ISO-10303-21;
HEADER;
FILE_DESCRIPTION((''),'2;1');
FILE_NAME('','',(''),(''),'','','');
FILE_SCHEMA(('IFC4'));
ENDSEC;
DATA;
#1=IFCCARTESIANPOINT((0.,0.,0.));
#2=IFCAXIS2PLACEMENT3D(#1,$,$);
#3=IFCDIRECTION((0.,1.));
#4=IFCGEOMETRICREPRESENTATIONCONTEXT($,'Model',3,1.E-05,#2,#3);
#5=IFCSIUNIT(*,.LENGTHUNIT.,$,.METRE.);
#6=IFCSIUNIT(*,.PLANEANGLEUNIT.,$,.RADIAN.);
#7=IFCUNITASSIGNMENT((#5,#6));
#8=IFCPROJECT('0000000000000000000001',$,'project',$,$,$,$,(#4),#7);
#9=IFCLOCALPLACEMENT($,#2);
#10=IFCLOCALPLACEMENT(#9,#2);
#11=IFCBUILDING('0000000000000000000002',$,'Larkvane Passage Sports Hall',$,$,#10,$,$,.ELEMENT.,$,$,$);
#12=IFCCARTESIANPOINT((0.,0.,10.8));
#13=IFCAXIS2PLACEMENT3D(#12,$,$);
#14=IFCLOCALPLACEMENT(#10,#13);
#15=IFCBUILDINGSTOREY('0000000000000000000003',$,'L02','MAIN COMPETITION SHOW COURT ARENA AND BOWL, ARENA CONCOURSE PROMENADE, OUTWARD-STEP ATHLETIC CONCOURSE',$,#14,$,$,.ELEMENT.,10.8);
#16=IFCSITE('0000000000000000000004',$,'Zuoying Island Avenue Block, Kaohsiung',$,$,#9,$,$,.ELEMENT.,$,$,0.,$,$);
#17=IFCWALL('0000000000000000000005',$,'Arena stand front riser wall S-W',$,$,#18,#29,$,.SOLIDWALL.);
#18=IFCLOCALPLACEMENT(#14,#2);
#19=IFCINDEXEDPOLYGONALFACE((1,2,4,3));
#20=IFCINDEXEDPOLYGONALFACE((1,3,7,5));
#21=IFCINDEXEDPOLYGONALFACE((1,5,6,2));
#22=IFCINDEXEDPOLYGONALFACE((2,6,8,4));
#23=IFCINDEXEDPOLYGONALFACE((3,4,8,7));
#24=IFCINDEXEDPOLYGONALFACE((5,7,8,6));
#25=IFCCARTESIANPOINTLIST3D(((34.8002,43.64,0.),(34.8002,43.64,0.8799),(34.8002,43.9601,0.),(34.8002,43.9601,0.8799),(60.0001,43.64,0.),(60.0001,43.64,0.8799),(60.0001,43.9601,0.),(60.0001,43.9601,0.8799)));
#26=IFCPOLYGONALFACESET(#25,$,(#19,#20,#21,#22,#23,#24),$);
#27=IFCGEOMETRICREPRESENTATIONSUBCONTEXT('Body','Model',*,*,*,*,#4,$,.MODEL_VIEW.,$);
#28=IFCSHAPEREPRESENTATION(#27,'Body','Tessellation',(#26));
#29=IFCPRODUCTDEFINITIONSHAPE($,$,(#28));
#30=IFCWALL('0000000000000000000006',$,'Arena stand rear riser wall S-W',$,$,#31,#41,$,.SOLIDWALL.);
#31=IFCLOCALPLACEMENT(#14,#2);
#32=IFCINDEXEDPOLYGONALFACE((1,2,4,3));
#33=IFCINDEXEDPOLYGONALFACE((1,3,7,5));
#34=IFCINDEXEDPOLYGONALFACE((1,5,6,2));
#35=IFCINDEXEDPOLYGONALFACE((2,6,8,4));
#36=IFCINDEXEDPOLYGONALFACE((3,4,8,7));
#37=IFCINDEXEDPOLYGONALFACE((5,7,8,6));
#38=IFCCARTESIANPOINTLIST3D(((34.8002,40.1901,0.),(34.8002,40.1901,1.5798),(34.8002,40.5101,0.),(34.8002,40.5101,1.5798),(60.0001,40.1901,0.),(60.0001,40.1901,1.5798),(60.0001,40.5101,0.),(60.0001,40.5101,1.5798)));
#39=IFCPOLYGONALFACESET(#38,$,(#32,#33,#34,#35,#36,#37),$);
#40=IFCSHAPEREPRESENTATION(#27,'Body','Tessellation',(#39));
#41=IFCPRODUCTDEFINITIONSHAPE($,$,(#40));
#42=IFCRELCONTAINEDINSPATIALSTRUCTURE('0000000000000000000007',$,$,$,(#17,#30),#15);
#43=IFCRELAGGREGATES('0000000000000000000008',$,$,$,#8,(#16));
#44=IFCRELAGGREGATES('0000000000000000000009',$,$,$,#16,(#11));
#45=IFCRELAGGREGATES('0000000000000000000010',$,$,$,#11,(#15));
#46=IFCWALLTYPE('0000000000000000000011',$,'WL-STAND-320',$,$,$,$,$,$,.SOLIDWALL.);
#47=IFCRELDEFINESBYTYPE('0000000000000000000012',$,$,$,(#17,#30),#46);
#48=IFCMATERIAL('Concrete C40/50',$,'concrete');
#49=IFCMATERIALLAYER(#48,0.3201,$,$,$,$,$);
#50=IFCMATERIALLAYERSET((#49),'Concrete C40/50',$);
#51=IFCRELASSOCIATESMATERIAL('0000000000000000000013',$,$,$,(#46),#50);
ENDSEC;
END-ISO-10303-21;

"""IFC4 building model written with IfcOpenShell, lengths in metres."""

from ifc_helpers import new_model, si_unit, direction, frame, frame_2d, origin, place, context, subcontext, project, spatial, rectangle, extrude, material, layer, layer_set, type_object, element, save


model = new_model("IFC4")

# Units and contexts
model_context = context("Model", 3, precision=1e-05, world=origin(), true_north=direction((0.0, 1.0)))
body_context = subcontext(model_context, "Body", "Model", "MODEL_VIEW")
ifc_project = project(units=[si_unit("LENGTHUNIT", "METRE"), si_unit("PLANEANGLEUNIT", "RADIAN")], contexts=[model_context])

# Site, building, storey
site_placement = place(None, origin())
site = spatial("IfcSite", under=ifc_project, at=site_placement, Name="Zuoying Island Avenue Block, Kaohsiung", CompositionType="ELEMENT", RefElevation=0.0)
building_placement = place(site_placement, origin())
building = spatial("IfcBuilding", under=site, at=building_placement, Name="Larkvane Passage Sports Hall", CompositionType="ELEMENT")
storey_placement = place(building_placement, frame((0.0, 0.0, 10.8)))
storey = spatial("IfcBuildingStorey", under=building, at=storey_placement, Name="L02", Description="MAIN COMPETITION SHOW COURT ARENA AND BOWL, ARENA CONCOURSE PROMENADE, OUTWARD-STEP ATHLETIC CONCOURSE", CompositionType="ELEMENT", Elevation=10.8)

# Walls
ifc_material_1 = material(Name="Concrete C40/50", Category="concrete")
ifc_layer_1 = layer(ifc_material_1, 0.3201)
ifc_layer_set_1 = layer_set([ifc_layer_1], Name="Concrete C40/50")
wall_type_1 = type_object("IfcWallType", Name="WL-STAND-320", PredefinedType="SOLIDWALL", material=ifc_layer_set_1)
wall_1_placement = place(storey_placement, frame((34.8, 43.8, 0.0), z_axis=(0.0, 0.0, 1.0), x_axis=(1.0, 0.0, 0.0)))
element("IfcWall", 1, at=wall_1_placement, inside=storey, type_object=wall_type_1, Name="Arena stand front riser wall S-W", PredefinedType="SOLIDWALL", context=body_context, shape_type="SweptSolid", body=[
    extrude(rectangle(XDim=25.2, YDim=0.3201, at=frame_2d((12.6001, 0.0))), origin(), (0.0, 0.0, 1.0), 0.8799),
])
wall_2_placement = place(storey_placement, frame((34.8, 40.3501, 0.0), z_axis=(0.0, 0.0, 1.0), x_axis=(1.0, 0.0, 0.0)))
element("IfcWall", 2, at=wall_2_placement, inside=storey, type_object=wall_type_1, Name="Arena stand rear riser wall S-W", PredefinedType="SOLIDWALL", context=body_context, shape_type="SweptSolid", body=[
    extrude(rectangle(XDim=25.2, YDim=0.3201, at=frame_2d((12.6001, 0.0))), origin(), (0.0, 0.0, 1.0), 1.5798),
])

save(model, "model.ifc")
